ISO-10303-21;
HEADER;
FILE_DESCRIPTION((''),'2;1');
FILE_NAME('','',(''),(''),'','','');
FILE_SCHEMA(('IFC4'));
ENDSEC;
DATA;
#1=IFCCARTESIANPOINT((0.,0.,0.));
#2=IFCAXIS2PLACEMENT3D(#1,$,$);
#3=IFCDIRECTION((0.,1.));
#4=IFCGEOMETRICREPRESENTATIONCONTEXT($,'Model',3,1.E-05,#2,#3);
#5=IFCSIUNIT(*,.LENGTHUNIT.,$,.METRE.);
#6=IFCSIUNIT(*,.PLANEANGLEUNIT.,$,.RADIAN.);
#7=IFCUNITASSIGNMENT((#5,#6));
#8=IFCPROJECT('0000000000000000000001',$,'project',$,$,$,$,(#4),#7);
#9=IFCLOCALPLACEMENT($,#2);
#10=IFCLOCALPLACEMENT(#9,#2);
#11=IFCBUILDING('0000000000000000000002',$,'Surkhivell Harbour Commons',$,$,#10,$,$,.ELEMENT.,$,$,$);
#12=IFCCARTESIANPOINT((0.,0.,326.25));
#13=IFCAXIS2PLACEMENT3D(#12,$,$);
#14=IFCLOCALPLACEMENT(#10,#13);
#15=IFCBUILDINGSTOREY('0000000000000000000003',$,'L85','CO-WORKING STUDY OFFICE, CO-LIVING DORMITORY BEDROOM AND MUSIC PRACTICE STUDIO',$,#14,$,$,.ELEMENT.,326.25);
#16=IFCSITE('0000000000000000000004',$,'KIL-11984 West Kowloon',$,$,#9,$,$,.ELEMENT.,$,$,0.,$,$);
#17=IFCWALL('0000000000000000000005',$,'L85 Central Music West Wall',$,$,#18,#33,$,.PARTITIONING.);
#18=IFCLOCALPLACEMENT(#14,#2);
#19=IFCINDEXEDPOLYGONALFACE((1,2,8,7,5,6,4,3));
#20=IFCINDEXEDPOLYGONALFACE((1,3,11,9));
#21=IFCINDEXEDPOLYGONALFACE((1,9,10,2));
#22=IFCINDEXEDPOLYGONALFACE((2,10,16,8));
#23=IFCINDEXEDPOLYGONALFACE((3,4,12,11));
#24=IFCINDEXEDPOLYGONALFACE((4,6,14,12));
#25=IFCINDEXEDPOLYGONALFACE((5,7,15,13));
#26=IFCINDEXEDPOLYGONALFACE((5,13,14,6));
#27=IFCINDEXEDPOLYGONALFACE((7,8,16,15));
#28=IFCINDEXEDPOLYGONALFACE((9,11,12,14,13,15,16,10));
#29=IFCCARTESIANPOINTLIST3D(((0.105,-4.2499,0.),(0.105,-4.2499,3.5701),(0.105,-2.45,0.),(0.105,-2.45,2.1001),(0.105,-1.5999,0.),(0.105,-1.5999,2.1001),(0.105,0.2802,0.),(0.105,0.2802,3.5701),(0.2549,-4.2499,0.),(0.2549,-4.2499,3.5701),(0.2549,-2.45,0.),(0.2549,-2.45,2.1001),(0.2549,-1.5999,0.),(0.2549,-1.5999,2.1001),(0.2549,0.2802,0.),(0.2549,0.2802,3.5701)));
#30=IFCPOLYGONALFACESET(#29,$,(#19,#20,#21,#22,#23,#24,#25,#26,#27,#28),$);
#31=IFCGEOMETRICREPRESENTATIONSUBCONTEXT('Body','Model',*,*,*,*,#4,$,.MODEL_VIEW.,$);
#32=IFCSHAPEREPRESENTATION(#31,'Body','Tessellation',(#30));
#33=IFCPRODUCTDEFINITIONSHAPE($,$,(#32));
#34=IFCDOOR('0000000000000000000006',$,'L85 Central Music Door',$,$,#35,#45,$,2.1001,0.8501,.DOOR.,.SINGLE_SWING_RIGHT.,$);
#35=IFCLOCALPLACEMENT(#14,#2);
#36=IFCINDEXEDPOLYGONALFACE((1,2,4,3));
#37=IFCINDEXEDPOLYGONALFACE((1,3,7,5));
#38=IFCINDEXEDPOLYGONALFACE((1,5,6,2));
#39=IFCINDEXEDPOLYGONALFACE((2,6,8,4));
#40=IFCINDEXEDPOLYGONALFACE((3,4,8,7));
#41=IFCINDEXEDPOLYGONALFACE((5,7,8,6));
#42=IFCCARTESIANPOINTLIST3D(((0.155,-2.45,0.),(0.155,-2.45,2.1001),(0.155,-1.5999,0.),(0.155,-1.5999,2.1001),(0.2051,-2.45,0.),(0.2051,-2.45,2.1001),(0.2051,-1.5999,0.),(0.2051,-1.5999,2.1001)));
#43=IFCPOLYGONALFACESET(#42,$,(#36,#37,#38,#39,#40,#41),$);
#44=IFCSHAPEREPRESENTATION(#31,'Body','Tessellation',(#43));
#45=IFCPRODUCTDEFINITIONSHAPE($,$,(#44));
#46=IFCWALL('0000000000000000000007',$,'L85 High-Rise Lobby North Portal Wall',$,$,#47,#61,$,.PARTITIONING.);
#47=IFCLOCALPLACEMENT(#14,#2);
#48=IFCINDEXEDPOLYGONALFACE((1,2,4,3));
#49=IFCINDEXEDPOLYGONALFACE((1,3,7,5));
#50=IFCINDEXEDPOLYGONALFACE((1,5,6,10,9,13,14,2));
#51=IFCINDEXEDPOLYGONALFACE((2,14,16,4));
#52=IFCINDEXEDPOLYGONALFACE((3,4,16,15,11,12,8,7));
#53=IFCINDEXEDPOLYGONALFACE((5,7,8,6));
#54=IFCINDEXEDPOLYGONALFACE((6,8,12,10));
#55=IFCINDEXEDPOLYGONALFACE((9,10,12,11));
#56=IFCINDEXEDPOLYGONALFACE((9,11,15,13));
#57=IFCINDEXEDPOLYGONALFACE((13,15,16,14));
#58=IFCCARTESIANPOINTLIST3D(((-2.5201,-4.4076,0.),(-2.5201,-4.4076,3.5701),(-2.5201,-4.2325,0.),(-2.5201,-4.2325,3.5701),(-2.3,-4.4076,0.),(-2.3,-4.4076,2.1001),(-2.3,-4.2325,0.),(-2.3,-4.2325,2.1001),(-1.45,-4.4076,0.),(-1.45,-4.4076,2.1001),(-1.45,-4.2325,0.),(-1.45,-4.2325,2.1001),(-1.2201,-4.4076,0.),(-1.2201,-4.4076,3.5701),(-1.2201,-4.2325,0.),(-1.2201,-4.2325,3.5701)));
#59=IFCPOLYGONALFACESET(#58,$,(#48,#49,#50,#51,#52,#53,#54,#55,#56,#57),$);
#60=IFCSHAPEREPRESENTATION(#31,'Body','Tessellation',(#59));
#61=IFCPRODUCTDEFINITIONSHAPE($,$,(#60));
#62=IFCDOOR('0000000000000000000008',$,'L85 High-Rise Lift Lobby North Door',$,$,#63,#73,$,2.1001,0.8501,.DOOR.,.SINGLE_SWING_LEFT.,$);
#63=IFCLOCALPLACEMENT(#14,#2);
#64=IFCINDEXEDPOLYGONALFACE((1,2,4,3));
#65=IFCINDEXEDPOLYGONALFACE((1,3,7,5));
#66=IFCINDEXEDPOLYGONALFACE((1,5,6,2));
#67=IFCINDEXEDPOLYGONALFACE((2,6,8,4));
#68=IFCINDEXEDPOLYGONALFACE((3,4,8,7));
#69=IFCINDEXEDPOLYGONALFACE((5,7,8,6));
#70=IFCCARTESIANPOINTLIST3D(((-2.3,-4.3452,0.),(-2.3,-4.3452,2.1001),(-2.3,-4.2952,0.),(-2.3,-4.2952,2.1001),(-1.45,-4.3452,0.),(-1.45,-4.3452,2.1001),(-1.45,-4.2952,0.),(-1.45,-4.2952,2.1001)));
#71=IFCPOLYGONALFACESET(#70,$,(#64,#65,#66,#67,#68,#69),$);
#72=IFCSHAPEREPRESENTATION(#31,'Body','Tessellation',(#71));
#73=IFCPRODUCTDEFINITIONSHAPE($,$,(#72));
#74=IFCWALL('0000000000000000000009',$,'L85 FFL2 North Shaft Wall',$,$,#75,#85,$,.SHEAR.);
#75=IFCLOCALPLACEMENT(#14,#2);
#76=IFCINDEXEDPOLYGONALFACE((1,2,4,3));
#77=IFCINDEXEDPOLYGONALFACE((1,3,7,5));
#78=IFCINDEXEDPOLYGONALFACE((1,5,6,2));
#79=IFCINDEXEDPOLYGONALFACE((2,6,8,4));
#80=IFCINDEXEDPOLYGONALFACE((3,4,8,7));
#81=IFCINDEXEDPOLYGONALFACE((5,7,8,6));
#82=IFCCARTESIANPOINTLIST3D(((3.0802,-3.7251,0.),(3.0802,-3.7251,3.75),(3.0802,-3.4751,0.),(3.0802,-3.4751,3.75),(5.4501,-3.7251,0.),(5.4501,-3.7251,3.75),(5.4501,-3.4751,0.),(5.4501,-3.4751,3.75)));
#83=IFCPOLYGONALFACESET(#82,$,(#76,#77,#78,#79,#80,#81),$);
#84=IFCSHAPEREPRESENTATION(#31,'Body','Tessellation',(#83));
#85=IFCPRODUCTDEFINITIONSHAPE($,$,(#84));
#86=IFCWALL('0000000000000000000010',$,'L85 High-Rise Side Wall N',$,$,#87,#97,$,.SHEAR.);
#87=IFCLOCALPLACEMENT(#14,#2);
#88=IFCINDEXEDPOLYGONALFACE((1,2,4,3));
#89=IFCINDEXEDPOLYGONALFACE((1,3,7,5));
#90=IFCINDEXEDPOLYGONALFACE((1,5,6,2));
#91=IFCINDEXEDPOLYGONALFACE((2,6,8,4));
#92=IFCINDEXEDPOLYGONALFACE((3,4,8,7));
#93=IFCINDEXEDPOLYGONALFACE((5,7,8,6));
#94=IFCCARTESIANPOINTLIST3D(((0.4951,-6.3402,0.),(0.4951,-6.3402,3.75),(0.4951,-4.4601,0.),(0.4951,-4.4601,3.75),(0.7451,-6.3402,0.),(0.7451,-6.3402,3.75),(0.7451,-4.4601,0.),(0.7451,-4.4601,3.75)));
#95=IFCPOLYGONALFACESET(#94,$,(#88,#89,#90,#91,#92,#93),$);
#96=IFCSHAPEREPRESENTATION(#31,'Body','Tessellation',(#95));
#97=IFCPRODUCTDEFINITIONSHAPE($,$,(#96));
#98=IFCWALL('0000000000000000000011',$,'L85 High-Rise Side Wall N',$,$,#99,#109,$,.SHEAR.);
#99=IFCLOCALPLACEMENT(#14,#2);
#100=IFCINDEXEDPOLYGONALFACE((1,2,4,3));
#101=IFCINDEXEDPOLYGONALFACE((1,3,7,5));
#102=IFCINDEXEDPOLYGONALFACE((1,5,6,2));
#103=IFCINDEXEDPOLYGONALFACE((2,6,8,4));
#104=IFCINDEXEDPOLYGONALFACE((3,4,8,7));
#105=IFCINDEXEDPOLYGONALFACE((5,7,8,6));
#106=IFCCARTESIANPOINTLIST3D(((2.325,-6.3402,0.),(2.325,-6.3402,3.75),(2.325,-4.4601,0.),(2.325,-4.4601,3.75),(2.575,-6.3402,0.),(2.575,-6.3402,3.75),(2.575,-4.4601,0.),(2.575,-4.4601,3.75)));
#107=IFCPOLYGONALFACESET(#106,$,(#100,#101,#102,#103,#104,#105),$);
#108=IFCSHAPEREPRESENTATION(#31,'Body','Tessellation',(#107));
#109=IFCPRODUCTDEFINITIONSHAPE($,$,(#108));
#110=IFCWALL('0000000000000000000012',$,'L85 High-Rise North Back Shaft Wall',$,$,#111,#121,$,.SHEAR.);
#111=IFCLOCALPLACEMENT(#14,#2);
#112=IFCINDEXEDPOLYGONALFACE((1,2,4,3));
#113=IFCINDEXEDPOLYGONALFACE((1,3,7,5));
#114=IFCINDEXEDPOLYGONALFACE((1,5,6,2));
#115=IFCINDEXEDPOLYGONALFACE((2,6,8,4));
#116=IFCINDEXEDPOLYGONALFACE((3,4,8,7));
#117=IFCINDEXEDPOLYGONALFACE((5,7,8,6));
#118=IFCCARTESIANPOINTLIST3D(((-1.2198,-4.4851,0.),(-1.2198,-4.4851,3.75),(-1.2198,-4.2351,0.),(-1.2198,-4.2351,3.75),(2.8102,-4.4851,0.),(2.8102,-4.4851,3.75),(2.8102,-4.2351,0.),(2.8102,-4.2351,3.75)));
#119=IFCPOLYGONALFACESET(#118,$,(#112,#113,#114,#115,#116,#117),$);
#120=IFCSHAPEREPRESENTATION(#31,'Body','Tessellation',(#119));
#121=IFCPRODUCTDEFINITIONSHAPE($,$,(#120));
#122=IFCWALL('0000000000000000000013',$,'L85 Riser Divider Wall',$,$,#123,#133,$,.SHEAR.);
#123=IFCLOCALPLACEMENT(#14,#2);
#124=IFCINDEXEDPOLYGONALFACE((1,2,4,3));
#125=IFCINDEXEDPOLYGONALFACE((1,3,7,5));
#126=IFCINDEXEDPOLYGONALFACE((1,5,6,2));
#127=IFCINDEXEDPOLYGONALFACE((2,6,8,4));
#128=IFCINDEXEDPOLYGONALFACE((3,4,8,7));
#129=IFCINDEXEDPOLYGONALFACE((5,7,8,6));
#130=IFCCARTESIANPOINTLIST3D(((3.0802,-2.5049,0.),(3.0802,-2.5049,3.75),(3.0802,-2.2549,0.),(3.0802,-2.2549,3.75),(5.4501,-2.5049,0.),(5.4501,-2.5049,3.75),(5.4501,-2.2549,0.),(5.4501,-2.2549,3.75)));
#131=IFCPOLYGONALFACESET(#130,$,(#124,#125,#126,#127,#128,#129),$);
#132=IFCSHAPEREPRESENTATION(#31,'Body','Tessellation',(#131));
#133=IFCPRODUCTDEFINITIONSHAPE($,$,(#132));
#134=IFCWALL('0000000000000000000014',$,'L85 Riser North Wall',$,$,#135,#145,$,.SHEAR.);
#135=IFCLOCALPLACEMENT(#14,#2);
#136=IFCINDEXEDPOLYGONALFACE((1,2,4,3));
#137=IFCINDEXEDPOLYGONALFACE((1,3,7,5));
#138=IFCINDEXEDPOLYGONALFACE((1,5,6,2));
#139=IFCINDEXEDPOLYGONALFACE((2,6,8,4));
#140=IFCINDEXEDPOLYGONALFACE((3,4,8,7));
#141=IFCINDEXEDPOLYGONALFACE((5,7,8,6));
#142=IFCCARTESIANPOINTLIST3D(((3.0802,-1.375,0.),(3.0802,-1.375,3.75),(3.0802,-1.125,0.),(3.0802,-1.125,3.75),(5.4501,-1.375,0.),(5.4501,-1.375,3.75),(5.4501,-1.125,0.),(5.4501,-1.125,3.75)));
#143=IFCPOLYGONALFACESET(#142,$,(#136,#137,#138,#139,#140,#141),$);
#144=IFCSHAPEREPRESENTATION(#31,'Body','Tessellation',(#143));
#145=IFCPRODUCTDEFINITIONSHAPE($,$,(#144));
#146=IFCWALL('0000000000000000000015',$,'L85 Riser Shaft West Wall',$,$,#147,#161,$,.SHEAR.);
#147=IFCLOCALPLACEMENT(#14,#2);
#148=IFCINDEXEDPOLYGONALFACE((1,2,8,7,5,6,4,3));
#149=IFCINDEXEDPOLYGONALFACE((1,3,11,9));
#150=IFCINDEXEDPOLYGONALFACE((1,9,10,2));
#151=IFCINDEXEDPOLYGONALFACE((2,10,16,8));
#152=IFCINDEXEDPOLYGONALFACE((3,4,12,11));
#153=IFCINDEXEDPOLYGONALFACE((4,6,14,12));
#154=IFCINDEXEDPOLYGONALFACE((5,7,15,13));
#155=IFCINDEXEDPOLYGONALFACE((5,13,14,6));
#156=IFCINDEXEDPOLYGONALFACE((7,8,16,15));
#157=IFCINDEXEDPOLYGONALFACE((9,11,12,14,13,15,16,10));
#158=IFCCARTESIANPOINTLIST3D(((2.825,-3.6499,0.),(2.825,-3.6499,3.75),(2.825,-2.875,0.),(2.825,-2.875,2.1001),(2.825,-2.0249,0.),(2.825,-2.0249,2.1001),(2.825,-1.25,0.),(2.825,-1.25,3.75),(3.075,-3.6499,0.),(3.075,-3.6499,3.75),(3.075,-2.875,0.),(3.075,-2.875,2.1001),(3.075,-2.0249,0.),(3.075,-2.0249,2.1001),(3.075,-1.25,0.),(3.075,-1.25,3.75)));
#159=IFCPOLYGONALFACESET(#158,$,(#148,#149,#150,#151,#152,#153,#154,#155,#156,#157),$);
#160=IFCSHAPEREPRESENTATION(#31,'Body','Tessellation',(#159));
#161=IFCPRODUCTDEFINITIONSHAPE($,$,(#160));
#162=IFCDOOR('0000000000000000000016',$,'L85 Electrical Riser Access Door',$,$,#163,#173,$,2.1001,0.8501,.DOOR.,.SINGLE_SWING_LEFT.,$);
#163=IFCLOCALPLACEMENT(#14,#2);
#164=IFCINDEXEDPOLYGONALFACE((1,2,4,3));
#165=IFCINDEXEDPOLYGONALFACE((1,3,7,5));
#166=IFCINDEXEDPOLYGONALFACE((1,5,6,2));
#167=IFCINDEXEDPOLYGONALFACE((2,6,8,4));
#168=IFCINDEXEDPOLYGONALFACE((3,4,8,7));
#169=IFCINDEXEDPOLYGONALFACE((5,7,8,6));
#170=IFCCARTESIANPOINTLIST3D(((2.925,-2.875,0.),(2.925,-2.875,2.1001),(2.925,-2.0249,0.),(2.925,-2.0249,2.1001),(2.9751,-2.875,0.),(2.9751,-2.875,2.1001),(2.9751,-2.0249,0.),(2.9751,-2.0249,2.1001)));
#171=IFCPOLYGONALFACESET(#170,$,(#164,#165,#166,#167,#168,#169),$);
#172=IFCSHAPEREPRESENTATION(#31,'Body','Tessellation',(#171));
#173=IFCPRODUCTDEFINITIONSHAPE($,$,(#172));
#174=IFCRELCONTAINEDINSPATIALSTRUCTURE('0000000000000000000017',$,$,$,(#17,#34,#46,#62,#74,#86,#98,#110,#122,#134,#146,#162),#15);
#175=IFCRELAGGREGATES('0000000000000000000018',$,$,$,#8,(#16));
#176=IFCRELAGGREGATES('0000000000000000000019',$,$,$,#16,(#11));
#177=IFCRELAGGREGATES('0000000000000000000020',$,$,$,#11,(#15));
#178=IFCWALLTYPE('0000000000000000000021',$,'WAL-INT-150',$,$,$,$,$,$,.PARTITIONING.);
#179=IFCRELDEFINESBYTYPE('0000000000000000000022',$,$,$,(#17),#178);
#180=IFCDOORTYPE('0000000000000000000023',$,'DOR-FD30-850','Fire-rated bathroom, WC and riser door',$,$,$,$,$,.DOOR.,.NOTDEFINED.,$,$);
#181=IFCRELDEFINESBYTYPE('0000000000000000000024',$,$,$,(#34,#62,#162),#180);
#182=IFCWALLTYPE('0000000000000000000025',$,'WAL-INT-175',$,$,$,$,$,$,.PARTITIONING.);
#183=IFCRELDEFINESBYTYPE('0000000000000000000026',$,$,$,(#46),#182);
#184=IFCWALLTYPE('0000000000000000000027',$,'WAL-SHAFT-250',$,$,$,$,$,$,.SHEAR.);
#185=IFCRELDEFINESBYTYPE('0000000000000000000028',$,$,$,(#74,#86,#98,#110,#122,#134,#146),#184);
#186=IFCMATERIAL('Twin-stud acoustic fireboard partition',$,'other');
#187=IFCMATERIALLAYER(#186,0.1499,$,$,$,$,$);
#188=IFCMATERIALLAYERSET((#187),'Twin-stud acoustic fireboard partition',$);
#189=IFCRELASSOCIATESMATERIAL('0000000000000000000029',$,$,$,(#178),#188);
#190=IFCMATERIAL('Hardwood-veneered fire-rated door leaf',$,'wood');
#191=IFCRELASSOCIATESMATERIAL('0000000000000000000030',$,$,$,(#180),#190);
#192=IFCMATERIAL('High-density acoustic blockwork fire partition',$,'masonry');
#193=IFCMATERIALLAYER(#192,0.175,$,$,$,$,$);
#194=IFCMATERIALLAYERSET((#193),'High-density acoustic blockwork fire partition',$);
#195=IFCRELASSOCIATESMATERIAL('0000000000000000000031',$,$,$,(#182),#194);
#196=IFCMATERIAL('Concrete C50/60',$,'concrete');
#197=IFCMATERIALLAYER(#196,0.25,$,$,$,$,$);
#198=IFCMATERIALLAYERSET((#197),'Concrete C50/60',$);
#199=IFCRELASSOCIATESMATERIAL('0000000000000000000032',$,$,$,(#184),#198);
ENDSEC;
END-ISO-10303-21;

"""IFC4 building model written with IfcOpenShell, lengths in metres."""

from ifc_helpers import new_model, si_unit, direction, frame, frame_2d, origin, place, context, subcontext, project, spatial, rectangle, extrude, material, layer, layer_set, type_object, element, fill, save


model = new_model("IFC4")

# Units and contexts
model_context = context("Model", 3, precision=1e-05, world=origin(), true_north=direction((0.0, 1.0)))
body_context = subcontext(model_context, "Body", "Model", "MODEL_VIEW")
ifc_project = project(units=[si_unit("LENGTHUNIT", "METRE"), si_unit("PLANEANGLEUNIT", "RADIAN")], contexts=[model_context])

# Site, building, storey
site_placement = place(None, origin())
site = spatial("IfcSite", under=ifc_project, at=site_placement, Name="KIL-11984 West Kowloon", CompositionType="ELEMENT", RefElevation=0.0)
building_placement = place(site_placement, origin())
building = spatial("IfcBuilding", under=site, at=building_placement, Name="Surkhivell Harbour Commons", CompositionType="ELEMENT")
storey_placement = place(building_placement, frame((0.0, 0.0, 326.25)))
storey = spatial("IfcBuildingStorey", under=building, at=storey_placement, Name="L85", Description="CO-WORKING STUDY OFFICE, CO-LIVING DORMITORY BEDROOM AND MUSIC PRACTICE STUDIO", CompositionType="ELEMENT", Elevation=326.25)

# Shared definitions
ifc_material_1 = material(Name="Twin-stud acoustic fireboard partition", Category="other")
ifc_layer_1 = layer(ifc_material_1, 0.1499)
ifc_layer_set_1 = layer_set([ifc_layer_1], Name="Twin-stud acoustic fireboard partition")
wall_type_1 = type_object("IfcWallType", Name="WAL-INT-150", PredefinedType="PARTITIONING", material=ifc_layer_set_1)

# Walls, openings, doors
wall_1_placement = place(storey_placement, frame((0.1799, -4.25, 0.0), z_axis=(0.0, 0.0, 1.0), x_axis=(0.0, 1.0, 0.0)))
wall_1 = element("IfcWall", 1, at=wall_1_placement, inside=storey, type_object=wall_type_1, Name="L85 Central Music West Wall", PredefinedType="PARTITIONING", context=body_context, shape_type="SweptSolid", body=[
    extrude(rectangle(XDim=4.53, YDim=0.1499, at=frame_2d((2.2651, 0.0))), origin(), (0.0, 0.0, 1.0), 3.5701),
])
opening_1_placement = place(wall_1_placement, frame((1.8, 0.0, 0.0)))
opening_1 = element("IfcOpeningElement", 2, at=opening_1_placement, cuts=wall_1, PredefinedType="OPENING", context=body_context, shape_type="SweptSolid", body=[
    extrude(rectangle(XDim=0.8501, YDim=2.1001, at=frame_2d((0.425, 1.05))), frame((0.0, 0.085, 0.0), z_axis=(0.0, -1.0, 0.0), x_axis=(1.0, 0.0, 0.0)), (0.0, 0.0, 1.0), 0.1699),
])
ifc_material_2 = material(Name="Hardwood-veneered fire-rated door leaf", Category="wood")
door_type = type_object("IfcDoorType", Name="DOR-FD30-850", Description="Fire-rated bathroom, WC and riser door", OperationType="NOTDEFINED", PredefinedType="DOOR", material=ifc_material_2)
door_1_placement = place(opening_1_placement, origin())
door_1 = element("IfcDoor", 3, at=door_1_placement, inside=storey, type_object=door_type, Name="L85 Central Music Door", OperationType="SINGLE_SWING_RIGHT", OverallHeight=2.1001, OverallWidth=0.8501, PredefinedType="DOOR", context=body_context, shape_type="SweptSolid", body=[
    extrude(rectangle(XDim=0.8501, YDim=2.1001, at=frame_2d((0.425, 1.05))), frame((0.0, 0.0249, 0.0), z_axis=(0.0, -1.0, 0.0), x_axis=(1.0, 0.0, 0.0)), (0.0, 0.0, 1.0), 0.05),
])
fill(opening_1, door_1)
ifc_material_3 = material(Name="High-density acoustic blockwork fire partition", Category="masonry")
ifc_layer_2 = layer(ifc_material_3, 0.175)
ifc_layer_set_2 = layer_set([ifc_layer_2], Name="High-density acoustic blockwork fire partition")
wall_type_2 = type_object("IfcWallType", Name="WAL-INT-175", PredefinedType="PARTITIONING", material=ifc_layer_set_2)
wall_2_placement = place(storey_placement, frame((-2.52, -4.3201, 0.0), z_axis=(0.0, 0.0, 1.0), x_axis=(1.0, 0.0, 0.0)))
wall_2 = element("IfcWall", 4, at=wall_2_placement, inside=storey, type_object=wall_type_2, Name="L85 High-Rise Lobby North Portal Wall", PredefinedType="PARTITIONING", context=body_context, shape_type="SweptSolid", body=[
    extrude(rectangle(XDim=1.3, YDim=0.175, at=frame_2d((0.6499, 0.0))), origin(), (0.0, 0.0, 1.0), 3.5701),
])
opening_2_placement = place(wall_2_placement, frame((0.22, 0.0, 0.0)))
opening_2 = element("IfcOpeningElement", 5, at=opening_2_placement, cuts=wall_2, PredefinedType="OPENING", context=body_context, shape_type="SweptSolid", body=[
    extrude(rectangle(XDim=0.8501, YDim=2.1001, at=frame_2d((0.425, 1.05))), frame((0.0, 0.0974, 0.0), z_axis=(0.0, -1.0, 0.0), x_axis=(1.0, 0.0, 0.0)), (0.0, 0.0, 1.0), 0.1951),
])
door_2_placement = place(opening_2_placement, origin())
door_2 = element("IfcDoor", 6, at=door_2_placement, inside=storey, type_object=door_type, Name="L85 High-Rise Lift Lobby North Door", OperationType="SINGLE_SWING_LEFT", OverallHeight=2.1001, OverallWidth=0.8501, PredefinedType="DOOR", context=body_context, shape_type="SweptSolid", body=[
    extrude(rectangle(XDim=0.8501, YDim=2.1001, at=frame_2d((0.425, 1.05))), frame((0.0, 0.0249, 0.0), z_axis=(0.0, -1.0, 0.0), x_axis=(1.0, 0.0, 0.0)), (0.0, 0.0, 1.0), 0.05),
])
fill(opening_2, door_2)

# Walls
ifc_material_4 = material(Name="Concrete C50/60", Category="concrete")
ifc_layer_3 = layer(ifc_material_4, 0.25)
ifc_layer_set_3 = layer_set([ifc_layer_3], Name="Concrete C50/60")
wall_type_3 = type_object("IfcWallType", Name="WAL-SHAFT-250", PredefinedType="SHEAR", material=ifc_layer_set_3)
wall_3_placement = place(storey_placement, frame((3.0801, -3.6001, 0.0), z_axis=(0.0, 0.0, 1.0), x_axis=(1.0, 0.0, 0.0)))
element("IfcWall", 7, at=wall_3_placement, inside=storey, type_object=wall_type_3, Name="L85 FFL2 North Shaft Wall", PredefinedType="SHEAR", context=body_context, shape_type="SweptSolid", body=[
    extrude(rectangle(XDim=2.3699, YDim=0.25, at=frame_2d((1.1851, 0.0))), origin(), (0.0, 0.0, 1.0), 3.75),
])
for number, where, z_axis, x_axis, name in (
    (8, (0.6201, -6.3401, 0.0), (0.0, 0.0, 1.0), (0.0, 1.0, 0.0), "L85 High-Rise Side Wall N"),
    (9, (2.45, -6.3401, 0.0), (0.0, 0.0, 1.0), (0.0, 1.0, 0.0), "L85 High-Rise Side Wall N"),
):
    element("IfcWall", number, at=place(storey_placement, frame(where, z_axis=z_axis, x_axis=x_axis)), inside=storey, type_object=wall_type_3, Name=name, PredefinedType="SHEAR", context=body_context, shape_type="SweptSolid", body=[
        extrude(rectangle(XDim=1.8801, YDim=0.25, at=frame_2d((0.9399, 0.0))), origin(), (0.0, 0.0, 1.0), 3.75),
    ])
wall_4_placement = place(storey_placement, frame((-1.22, -4.3601, 0.0), z_axis=(0.0, 0.0, 1.0), x_axis=(1.0, 0.0, 0.0)))
element("IfcWall", 10, at=wall_4_placement, inside=storey, type_object=wall_type_3, Name="L85 High-Rise North Back Shaft Wall", PredefinedType="SHEAR", context=body_context, shape_type="SweptSolid", body=[
    extrude(rectangle(XDim=4.03, YDim=0.25, at=frame_2d((2.0151, 0.0))), origin(), (0.0, 0.0, 1.0), 3.75),
])
for number, where, z_axis, x_axis, name in (
    (11, (3.0801, -2.3799, 0.0), (0.0, 0.0, 1.0), (1.0, 0.0, 0.0), "L85 Riser Divider Wall"),
    (12, (3.0801, -1.25, 0.0), (0.0, 0.0, 1.0), (1.0, 0.0, 0.0), "L85 Riser North Wall"),
):
    element("IfcWall", number, at=place(storey_placement, frame(where, z_axis=z_axis, x_axis=x_axis)), inside=storey, type_object=wall_type_3, Name=name, PredefinedType="SHEAR", context=body_context, shape_type="SweptSolid", body=[
        extrude(rectangle(XDim=2.3699, YDim=0.25, at=frame_2d((1.1851, 0.0))), origin(), (0.0, 0.0, 1.0), 3.75),
    ])

# Wall, opening, door
wall_5_placement = place(storey_placement, frame((2.95, -3.6499, 0.0), z_axis=(0.0, 0.0, 1.0), x_axis=(0.0, 1.0, 0.0)))
wall_5 = element("IfcWall", 13, at=wall_5_placement, inside=storey, type_object=wall_type_3, Name="L85 Riser Shaft West Wall", PredefinedType="SHEAR", context=body_context, shape_type="SweptSolid", body=[
    extrude(rectangle(XDim=2.3999, YDim=0.25, at=frame_2d((1.2, 0.0))), origin(), (0.0, 0.0, 1.0), 3.75),
])
opening_3_placement = place(wall_5_placement, frame((0.7749, 0.0, 0.0)))
opening_3 = element("IfcOpeningElement", 14, at=opening_3_placement, cuts=wall_5, PredefinedType="OPENING", context=body_context, shape_type="SweptSolid", body=[
    extrude(rectangle(XDim=0.8501, YDim=2.1001, at=frame_2d((0.425, 1.05))), frame((0.0, 0.135, 0.0), z_axis=(0.0, -1.0, 0.0), x_axis=(1.0, 0.0, 0.0)), (0.0, 0.0, 1.0), 0.27),
])
door_3_placement = place(opening_3_placement, origin())
door_3 = element("IfcDoor", 15, at=door_3_placement, inside=storey, type_object=door_type, Name="L85 Electrical Riser Access Door", OperationType="SINGLE_SWING_LEFT", OverallHeight=2.1001, OverallWidth=0.8501, PredefinedType="DOOR", context=body_context, shape_type="SweptSolid", body=[
    extrude(rectangle(XDim=0.8501, YDim=2.1001, at=frame_2d((0.425, 1.05))), frame((0.0, 0.0249, 0.0), z_axis=(0.0, -1.0, 0.0), x_axis=(1.0, 0.0, 0.0)), (0.0, 0.0, 1.0), 0.05),
])
fill(opening_3, door_3)

save(model, "model.ifc")
